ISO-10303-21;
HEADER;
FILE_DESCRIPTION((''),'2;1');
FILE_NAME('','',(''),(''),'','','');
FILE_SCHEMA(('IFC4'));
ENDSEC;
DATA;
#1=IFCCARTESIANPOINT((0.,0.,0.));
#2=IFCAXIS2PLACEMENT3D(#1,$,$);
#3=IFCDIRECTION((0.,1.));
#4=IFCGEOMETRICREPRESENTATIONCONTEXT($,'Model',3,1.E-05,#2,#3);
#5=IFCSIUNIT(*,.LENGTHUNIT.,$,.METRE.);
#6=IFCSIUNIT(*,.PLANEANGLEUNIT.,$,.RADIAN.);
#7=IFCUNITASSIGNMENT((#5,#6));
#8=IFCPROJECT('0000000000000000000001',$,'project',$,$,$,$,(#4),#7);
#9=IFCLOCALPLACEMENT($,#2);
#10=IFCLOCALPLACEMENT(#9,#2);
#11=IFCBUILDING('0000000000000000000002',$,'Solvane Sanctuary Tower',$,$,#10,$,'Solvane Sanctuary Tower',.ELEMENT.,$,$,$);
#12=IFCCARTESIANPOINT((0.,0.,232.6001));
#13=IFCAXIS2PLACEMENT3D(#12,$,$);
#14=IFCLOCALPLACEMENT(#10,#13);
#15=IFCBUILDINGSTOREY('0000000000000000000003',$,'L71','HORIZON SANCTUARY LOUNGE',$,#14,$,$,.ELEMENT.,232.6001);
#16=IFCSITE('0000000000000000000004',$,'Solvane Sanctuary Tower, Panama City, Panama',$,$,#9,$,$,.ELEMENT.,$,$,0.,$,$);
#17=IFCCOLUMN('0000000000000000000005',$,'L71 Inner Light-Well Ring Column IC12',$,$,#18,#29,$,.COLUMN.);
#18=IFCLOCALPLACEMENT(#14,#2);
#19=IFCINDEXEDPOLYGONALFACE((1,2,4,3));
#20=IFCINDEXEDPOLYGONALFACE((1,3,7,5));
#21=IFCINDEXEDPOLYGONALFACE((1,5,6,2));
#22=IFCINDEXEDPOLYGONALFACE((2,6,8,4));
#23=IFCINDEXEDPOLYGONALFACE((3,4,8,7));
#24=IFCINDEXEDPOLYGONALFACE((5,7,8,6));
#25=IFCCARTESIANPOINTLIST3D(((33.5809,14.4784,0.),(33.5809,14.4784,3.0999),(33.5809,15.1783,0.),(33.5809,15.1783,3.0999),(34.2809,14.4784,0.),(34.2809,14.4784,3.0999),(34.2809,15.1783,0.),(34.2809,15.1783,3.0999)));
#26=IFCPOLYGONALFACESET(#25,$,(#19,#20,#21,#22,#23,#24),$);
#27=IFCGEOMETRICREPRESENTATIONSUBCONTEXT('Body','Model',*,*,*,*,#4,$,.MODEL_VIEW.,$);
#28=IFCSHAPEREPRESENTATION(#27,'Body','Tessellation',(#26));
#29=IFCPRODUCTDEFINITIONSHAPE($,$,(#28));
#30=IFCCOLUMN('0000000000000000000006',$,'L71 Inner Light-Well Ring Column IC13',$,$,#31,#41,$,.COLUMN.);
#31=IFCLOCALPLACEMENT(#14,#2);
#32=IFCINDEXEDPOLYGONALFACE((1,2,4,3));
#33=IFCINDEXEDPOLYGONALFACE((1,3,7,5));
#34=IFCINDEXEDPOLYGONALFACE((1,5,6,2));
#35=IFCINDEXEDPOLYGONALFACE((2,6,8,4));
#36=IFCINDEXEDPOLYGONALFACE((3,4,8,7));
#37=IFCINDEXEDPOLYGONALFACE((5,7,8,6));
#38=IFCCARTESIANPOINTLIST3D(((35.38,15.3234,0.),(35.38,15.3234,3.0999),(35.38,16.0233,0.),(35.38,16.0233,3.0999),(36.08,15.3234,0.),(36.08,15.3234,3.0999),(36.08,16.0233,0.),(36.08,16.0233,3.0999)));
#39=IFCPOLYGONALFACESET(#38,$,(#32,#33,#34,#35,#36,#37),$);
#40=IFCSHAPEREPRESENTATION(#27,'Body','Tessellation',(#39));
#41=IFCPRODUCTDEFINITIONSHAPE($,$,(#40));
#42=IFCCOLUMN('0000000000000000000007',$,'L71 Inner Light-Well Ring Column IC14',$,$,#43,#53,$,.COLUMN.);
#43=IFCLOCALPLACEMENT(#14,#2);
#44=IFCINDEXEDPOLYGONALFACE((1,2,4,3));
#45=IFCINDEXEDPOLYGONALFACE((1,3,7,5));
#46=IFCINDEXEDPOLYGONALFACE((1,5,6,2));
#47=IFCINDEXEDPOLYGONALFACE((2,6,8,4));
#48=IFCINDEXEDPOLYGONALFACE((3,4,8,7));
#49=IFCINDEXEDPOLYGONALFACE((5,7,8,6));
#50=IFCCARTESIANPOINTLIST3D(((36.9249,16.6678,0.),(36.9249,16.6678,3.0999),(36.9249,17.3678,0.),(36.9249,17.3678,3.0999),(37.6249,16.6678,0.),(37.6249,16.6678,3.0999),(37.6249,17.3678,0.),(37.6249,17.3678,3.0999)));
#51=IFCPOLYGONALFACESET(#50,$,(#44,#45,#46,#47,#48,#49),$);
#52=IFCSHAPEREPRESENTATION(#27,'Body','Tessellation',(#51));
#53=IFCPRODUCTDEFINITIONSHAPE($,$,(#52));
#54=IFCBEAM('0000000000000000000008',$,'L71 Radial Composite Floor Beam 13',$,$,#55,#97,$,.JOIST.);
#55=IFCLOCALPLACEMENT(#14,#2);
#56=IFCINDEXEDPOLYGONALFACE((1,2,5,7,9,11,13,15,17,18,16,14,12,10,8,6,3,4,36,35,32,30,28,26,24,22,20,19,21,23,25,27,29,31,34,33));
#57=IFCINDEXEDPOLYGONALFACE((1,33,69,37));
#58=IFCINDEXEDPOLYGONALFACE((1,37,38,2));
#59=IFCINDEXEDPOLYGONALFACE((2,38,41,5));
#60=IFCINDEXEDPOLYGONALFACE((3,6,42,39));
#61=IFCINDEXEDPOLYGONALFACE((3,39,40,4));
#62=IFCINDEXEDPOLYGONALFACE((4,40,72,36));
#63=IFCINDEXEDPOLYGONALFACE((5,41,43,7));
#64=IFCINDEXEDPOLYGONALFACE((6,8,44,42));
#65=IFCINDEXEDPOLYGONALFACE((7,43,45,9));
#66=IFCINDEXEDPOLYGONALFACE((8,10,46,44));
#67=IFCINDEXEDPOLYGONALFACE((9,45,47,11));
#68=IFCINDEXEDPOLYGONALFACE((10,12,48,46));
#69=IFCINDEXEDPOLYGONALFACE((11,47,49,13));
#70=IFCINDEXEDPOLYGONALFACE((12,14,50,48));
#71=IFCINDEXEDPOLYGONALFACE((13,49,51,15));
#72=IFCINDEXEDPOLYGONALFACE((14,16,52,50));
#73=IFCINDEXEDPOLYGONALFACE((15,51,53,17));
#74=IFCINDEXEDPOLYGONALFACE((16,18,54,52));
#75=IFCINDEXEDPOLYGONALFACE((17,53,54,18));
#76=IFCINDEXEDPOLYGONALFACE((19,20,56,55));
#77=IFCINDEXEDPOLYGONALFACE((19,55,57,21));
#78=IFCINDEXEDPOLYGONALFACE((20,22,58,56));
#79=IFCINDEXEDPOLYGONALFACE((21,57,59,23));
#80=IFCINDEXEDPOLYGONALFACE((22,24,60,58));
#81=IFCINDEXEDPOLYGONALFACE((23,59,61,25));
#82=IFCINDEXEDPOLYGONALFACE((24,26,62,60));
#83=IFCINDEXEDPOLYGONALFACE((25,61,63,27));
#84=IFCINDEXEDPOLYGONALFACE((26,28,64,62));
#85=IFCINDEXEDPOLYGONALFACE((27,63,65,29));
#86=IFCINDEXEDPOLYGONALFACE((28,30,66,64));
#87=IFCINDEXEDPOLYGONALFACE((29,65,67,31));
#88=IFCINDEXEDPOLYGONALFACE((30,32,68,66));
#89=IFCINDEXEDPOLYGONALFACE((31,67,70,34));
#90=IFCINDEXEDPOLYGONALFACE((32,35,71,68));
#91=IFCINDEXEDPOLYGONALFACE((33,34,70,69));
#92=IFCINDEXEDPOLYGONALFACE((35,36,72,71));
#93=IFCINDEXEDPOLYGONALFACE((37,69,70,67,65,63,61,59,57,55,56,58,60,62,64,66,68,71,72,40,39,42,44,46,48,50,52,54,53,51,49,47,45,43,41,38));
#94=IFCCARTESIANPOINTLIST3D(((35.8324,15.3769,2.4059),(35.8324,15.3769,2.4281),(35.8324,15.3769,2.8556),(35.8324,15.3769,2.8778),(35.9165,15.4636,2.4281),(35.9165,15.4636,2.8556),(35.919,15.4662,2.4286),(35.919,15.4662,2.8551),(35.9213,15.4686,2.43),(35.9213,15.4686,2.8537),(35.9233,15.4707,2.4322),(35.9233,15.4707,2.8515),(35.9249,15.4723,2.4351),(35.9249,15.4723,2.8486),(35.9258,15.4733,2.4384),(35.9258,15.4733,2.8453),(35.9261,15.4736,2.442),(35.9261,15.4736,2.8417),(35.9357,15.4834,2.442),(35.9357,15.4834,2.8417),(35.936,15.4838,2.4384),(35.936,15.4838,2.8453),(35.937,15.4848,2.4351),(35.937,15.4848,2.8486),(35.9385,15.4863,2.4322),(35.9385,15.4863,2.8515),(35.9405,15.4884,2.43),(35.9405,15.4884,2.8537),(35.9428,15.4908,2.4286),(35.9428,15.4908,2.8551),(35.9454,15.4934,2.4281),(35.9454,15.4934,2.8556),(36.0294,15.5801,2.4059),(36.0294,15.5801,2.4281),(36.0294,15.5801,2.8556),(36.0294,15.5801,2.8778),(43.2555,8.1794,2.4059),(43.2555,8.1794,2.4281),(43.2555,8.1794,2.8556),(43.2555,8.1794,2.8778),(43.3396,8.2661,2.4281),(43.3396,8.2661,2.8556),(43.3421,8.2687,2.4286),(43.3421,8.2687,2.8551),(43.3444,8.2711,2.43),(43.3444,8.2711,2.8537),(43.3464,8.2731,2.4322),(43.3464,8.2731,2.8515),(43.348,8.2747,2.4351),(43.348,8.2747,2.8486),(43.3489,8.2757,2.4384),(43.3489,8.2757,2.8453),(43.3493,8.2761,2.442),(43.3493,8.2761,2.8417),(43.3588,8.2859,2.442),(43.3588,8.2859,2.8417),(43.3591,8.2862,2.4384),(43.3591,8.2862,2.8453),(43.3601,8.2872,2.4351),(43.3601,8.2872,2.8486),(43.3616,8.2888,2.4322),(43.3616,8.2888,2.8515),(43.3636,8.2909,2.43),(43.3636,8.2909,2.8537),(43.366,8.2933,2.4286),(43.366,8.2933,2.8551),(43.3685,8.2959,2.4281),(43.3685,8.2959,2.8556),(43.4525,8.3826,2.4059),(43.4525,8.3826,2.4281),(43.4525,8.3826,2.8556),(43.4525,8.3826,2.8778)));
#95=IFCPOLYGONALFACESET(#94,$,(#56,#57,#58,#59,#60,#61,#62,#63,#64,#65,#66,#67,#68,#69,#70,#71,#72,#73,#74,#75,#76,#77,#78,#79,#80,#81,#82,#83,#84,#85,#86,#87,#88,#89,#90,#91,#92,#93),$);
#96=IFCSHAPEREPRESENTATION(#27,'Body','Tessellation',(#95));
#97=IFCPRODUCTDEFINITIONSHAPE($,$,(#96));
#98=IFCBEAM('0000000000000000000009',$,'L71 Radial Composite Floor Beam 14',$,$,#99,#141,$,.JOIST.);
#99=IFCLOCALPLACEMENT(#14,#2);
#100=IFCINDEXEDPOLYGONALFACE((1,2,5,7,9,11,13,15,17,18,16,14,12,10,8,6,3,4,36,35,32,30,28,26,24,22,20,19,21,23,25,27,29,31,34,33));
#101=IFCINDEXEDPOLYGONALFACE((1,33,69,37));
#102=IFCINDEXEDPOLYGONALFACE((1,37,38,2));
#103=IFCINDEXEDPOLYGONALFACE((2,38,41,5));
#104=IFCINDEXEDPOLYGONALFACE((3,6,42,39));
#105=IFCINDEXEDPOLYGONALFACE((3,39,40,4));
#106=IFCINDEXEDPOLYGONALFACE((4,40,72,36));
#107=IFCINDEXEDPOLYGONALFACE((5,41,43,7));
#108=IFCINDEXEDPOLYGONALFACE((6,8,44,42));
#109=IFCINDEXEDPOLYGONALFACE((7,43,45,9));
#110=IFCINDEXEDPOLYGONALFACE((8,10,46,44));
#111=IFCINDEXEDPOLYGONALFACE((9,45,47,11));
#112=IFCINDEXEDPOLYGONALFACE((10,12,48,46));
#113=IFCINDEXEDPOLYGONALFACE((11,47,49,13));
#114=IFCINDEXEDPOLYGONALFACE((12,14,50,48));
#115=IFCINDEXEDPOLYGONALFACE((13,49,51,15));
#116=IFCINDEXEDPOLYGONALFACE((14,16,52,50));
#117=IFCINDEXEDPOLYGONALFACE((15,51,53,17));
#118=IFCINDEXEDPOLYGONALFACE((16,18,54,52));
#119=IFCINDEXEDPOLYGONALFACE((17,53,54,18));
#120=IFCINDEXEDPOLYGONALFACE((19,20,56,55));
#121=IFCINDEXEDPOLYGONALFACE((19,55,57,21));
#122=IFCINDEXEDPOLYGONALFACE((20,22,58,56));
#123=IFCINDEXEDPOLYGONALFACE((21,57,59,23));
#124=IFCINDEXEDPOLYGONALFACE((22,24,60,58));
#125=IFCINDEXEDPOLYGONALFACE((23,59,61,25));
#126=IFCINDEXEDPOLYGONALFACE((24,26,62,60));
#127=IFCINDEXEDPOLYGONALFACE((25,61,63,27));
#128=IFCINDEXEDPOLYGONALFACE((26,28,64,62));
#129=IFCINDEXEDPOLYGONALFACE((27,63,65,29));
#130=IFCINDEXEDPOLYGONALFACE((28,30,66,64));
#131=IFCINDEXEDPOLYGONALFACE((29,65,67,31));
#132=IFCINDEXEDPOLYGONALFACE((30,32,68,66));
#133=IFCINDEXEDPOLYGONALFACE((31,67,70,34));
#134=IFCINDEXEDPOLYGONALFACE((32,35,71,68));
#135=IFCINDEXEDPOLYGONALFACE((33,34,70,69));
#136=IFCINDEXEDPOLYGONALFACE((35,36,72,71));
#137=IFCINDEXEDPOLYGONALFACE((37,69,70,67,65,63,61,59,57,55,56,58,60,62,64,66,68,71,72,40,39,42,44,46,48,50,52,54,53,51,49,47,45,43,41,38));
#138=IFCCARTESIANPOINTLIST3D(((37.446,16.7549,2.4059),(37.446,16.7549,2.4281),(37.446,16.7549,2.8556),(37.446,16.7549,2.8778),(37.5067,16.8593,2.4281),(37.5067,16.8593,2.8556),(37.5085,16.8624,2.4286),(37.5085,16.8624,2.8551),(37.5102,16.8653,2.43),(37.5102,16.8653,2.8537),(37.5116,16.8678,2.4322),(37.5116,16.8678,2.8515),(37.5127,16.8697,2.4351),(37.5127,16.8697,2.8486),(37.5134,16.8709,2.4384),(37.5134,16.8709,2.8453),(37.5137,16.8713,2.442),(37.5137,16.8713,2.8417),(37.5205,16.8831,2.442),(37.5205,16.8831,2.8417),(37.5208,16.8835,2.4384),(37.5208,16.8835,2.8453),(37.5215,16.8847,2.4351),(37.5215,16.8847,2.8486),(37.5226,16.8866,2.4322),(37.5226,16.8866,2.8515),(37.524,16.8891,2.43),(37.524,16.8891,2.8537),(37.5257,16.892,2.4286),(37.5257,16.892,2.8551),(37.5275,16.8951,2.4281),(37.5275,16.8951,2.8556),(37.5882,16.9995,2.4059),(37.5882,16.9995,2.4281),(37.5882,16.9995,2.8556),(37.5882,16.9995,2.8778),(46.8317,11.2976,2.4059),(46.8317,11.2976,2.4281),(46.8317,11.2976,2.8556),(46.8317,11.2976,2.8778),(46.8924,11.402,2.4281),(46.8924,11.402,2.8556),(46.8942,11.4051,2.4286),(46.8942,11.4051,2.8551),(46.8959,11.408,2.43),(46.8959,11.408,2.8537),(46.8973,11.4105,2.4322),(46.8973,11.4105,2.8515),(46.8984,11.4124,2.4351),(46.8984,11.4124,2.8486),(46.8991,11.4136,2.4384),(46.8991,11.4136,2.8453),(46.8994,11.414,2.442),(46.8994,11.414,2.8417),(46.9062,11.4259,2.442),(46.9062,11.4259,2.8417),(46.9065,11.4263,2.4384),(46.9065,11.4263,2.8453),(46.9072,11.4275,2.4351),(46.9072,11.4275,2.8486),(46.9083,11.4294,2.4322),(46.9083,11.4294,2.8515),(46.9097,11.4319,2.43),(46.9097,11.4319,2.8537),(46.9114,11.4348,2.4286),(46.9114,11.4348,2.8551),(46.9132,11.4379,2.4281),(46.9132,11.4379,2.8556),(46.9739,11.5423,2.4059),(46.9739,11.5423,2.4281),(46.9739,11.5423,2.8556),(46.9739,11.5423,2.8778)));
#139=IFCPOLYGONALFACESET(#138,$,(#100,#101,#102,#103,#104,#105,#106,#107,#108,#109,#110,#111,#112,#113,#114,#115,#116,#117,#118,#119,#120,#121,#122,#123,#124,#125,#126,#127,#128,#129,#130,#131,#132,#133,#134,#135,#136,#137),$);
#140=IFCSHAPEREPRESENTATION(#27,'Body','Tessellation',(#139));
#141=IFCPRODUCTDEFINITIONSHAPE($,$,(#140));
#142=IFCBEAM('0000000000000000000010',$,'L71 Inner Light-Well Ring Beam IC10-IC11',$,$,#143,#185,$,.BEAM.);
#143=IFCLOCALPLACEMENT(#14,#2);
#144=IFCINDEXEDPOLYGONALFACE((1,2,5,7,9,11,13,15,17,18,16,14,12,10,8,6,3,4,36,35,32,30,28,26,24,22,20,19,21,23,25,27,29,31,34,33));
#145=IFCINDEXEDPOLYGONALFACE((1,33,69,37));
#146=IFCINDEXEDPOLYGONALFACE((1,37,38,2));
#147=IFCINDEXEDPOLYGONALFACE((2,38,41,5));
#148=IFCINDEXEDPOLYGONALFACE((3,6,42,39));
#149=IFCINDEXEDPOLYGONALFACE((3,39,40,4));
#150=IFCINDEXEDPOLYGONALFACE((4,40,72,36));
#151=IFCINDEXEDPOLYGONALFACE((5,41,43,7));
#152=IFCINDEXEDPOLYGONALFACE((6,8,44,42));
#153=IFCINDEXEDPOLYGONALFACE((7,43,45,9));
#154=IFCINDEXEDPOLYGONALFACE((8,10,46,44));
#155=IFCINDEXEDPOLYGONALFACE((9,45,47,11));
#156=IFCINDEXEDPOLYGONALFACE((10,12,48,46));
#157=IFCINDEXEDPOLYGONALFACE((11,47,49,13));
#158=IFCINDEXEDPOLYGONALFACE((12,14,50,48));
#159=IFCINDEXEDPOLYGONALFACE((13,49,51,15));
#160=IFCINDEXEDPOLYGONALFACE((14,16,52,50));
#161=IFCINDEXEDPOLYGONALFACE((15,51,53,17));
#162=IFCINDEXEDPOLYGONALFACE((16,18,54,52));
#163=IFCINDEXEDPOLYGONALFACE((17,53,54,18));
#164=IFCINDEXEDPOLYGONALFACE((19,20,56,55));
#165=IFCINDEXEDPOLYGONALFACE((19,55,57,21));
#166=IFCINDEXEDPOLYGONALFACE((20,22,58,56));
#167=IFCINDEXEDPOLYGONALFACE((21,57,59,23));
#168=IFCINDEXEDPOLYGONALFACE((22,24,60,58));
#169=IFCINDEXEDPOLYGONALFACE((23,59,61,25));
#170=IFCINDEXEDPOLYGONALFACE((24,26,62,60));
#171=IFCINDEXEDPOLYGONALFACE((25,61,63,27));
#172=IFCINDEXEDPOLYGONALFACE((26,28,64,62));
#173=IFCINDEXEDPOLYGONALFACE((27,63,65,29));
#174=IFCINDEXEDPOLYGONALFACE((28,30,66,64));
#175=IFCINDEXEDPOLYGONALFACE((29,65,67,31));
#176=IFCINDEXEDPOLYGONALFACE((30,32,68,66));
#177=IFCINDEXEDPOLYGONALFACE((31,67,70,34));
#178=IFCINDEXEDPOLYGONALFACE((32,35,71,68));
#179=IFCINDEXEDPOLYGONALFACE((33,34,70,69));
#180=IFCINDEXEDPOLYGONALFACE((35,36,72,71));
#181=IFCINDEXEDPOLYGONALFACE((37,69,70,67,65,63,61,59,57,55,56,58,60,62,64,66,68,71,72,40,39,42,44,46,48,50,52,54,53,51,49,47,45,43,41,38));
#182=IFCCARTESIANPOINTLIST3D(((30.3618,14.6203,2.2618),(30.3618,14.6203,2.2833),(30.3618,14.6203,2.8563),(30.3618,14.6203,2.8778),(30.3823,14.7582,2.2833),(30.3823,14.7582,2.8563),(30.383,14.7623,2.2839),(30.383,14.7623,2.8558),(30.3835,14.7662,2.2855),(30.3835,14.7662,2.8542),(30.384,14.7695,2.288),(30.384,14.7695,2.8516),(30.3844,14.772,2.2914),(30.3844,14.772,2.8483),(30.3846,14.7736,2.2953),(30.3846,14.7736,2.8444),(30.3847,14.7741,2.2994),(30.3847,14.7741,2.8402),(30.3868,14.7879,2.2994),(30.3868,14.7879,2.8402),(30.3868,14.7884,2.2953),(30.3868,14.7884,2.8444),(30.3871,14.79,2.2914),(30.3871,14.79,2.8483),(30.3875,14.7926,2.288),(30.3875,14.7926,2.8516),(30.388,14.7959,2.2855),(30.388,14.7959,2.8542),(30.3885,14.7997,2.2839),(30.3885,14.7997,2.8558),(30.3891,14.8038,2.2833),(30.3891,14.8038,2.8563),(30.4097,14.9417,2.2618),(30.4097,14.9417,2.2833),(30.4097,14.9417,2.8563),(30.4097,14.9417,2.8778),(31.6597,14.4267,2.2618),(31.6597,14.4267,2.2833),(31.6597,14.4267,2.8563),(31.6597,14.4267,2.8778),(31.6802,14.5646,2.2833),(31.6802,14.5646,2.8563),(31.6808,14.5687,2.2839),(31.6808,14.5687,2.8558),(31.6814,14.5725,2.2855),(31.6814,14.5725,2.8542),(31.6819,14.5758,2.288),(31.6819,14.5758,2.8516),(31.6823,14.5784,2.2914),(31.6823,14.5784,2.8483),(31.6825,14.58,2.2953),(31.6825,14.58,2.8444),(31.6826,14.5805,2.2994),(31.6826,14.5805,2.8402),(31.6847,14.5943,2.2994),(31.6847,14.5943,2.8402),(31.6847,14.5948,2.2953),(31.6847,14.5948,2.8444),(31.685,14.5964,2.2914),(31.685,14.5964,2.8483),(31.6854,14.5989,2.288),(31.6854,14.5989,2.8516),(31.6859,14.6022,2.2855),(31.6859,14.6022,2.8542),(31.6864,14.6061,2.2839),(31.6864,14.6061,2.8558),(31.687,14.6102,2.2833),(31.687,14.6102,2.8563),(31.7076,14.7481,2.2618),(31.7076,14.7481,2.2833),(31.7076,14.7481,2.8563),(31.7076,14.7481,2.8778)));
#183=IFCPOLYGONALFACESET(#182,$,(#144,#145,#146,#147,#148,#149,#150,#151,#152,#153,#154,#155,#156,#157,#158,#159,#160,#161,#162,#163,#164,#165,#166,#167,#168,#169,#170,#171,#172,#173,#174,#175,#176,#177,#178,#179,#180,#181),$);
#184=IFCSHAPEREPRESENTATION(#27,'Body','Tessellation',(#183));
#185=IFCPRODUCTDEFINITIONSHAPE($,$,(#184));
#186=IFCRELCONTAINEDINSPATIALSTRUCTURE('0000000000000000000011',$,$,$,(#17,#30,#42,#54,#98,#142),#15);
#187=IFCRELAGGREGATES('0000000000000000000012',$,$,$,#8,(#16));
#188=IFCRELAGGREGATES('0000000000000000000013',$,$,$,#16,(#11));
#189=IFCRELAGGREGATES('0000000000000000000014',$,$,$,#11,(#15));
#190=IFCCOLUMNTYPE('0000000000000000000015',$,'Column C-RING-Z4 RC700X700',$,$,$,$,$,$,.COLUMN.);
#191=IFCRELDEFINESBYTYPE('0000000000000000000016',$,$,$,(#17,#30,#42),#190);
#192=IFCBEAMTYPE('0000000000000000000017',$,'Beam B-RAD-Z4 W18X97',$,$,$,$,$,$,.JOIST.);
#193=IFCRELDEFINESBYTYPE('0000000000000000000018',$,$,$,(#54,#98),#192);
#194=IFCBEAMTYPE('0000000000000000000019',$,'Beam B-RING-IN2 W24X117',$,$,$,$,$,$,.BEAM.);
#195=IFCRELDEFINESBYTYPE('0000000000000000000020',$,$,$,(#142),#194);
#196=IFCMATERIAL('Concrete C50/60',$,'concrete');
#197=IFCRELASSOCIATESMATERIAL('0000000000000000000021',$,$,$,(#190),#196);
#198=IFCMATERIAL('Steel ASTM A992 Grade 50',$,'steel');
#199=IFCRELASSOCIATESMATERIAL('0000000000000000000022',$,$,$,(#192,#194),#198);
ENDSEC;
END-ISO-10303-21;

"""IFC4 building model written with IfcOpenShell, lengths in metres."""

from ifc_helpers import new_model, si_unit, direction, frame, origin, origin_2d, place, context, subcontext, project, spatial, rectangle, i_section, extrude, material, material_profile, profile_set, type_object, element, save


model = new_model("IFC4")

# Units and contexts
model_context = context("Model", 3, precision=1e-05, world=origin(), true_north=direction((0.0, 1.0)))
body_context = subcontext(model_context, "Body", "Model", "MODEL_VIEW")
ifc_project = project(units=[si_unit("LENGTHUNIT", "METRE"), si_unit("PLANEANGLEUNIT", "RADIAN")], contexts=[model_context])

# Site, building, storey
site_placement = place(None, origin())
site = spatial("IfcSite", under=ifc_project, at=site_placement, Name="Solvane Sanctuary Tower, Panama City, Panama", CompositionType="ELEMENT", RefElevation=0.0)
building_placement = place(site_placement, origin())
building = spatial("IfcBuilding", under=site, at=building_placement, Name="Solvane Sanctuary Tower", LongName="Solvane Sanctuary Tower", CompositionType="ELEMENT")
storey_placement = place(building_placement, frame((0.0, 0.0, 232.6001)))
storey = spatial("IfcBuildingStorey", under=building, at=storey_placement, Name="L71", Description="HORIZON SANCTUARY LOUNGE", CompositionType="ELEMENT", Elevation=232.6001)

# Columns
ifc_material_1 = material(Name="Concrete C50/60", Category="concrete")
ifc_material_profile_1 = material_profile(ifc_material_1, rectangle(XDim=0.7, YDim=0.7, at=origin_2d()), Name="RC700X700")
ifc_profile_set_1 = profile_set([ifc_material_profile_1], Name="Concrete C50/60")
column_type = type_object("IfcColumnType", Name="Column C-RING-Z4 RC700X700", PredefinedType="COLUMN", material=ifc_profile_set_1)
for number, where, z_axis, x_axis, name in (
    (1, (33.9309, 14.8284, 0.0), (0.0, 0.0, 1.0), (1.0, 0.0, 0.0), "L71 Inner Light-Well Ring Column IC12"),
    (2, (35.73, 15.6733, 0.0), (0.0, 0.0, 1.0), (1.0, 0.0, 0.0), "L71 Inner Light-Well Ring Column IC13"),
    (3, (37.2749, 17.0178, 0.0), (0.0, 0.0, 1.0), (1.0, 0.0, 0.0), "L71 Inner Light-Well Ring Column IC14"),
):
    element("IfcColumn", number, at=place(storey_placement, frame(where, z_axis=z_axis, x_axis=x_axis)), inside=storey, type_object=column_type, Name=name, PredefinedType="COLUMN", context=body_context, shape_type="SweptSolid", body=[
        extrude(rectangle(XDim=0.7, YDim=0.7, at=origin_2d()), origin(), (0.0, 0.0, 1.0), 3.0999),
    ])

# Beams
ifc_material_2 = material(Name="Steel ASTM A992 Grade 50", Category="steel")
ifc_material_profile_2 = material_profile(ifc_material_2, i_section(OverallWidth=0.283, OverallDepth=0.4719, WebThickness=0.0137, FlangeThickness=0.0222, FilletRadius=0.0139, at=origin_2d()), Name="W18X97")
ifc_profile_set_2 = profile_set([ifc_material_profile_2], Name="Steel ASTM A992 Grade 50")
beam_type_1 = type_object("IfcBeamType", Name="Beam B-RAD-Z4 W18X97", PredefinedType="JOIST", material=ifc_profile_set_2)
beam_1_placement = place(storey_placement, frame((35.9309, 15.4785, 2.6418), z_axis=(0.717932, -0.696114, 0.0), x_axis=(0.696114, 0.717932, 0.0)))
element("IfcBeam", 4, at=beam_1_placement, inside=storey, type_object=beam_type_1, Name="L71 Radial Composite Floor Beam 13", PredefinedType="JOIST", context=body_context, shape_type="SweptSolid", body=[
    extrude(i_section(OverallWidth=0.283, OverallDepth=0.4719, WebThickness=0.0137, FlangeThickness=0.0222, FilletRadius=0.0139, at=origin_2d()), origin(), (0.0, 0.0, 1.0), 10.3396),
])
beam_2_placement = place(storey_placement, frame((37.5171, 16.8772, 2.6418), z_axis=(0.864489, -0.502651, 0.0), x_axis=(0.502651, 0.864489, 0.0)))
element("IfcBeam", 5, at=beam_2_placement, inside=storey, type_object=beam_type_1, Name="L71 Radial Composite Floor Beam 14", PredefinedType="JOIST", context=body_context, shape_type="SweptSolid", body=[
    extrude(i_section(OverallWidth=0.283, OverallDepth=0.4719, WebThickness=0.0137, FlangeThickness=0.0222, FilletRadius=0.0139, at=origin_2d()), origin(), (0.0, 0.0, 1.0), 10.8569),
])
ifc_material_profile_3 = material_profile(ifc_material_2, i_section(OverallWidth=0.325, OverallDepth=0.616, WebThickness=0.0139, FlangeThickness=0.0215, FilletRadius=0.0161, at=origin_2d()), Name="W24X117")
ifc_profile_set_3 = profile_set([ifc_material_profile_3], Name="Steel ASTM A992 Grade 50")
beam_type_2 = type_object("IfcBeamType", Name="Beam B-RING-IN2 W24X117", PredefinedType="BEAM", material=ifc_profile_set_3)
beam_3_placement = place(storey_placement, frame((30.3857, 14.781, 2.5698), z_axis=(0.989056, -0.14754, 0.0), x_axis=(0.14754, 0.989056, 0.0)))
element("IfcBeam", 6, at=beam_3_placement, inside=storey, type_object=beam_type_2, Name="L71 Inner Light-Well Ring Beam IC10-IC11", PredefinedType="BEAM", context=body_context, shape_type="SweptSolid", body=[
    extrude(i_section(OverallWidth=0.325, OverallDepth=0.616, WebThickness=0.0139, FlangeThickness=0.0215, FilletRadius=0.0161, at=origin_2d()), origin(), (0.0, 0.0, 1.0), 1.3123),
])

save(model, "model.ifc")
